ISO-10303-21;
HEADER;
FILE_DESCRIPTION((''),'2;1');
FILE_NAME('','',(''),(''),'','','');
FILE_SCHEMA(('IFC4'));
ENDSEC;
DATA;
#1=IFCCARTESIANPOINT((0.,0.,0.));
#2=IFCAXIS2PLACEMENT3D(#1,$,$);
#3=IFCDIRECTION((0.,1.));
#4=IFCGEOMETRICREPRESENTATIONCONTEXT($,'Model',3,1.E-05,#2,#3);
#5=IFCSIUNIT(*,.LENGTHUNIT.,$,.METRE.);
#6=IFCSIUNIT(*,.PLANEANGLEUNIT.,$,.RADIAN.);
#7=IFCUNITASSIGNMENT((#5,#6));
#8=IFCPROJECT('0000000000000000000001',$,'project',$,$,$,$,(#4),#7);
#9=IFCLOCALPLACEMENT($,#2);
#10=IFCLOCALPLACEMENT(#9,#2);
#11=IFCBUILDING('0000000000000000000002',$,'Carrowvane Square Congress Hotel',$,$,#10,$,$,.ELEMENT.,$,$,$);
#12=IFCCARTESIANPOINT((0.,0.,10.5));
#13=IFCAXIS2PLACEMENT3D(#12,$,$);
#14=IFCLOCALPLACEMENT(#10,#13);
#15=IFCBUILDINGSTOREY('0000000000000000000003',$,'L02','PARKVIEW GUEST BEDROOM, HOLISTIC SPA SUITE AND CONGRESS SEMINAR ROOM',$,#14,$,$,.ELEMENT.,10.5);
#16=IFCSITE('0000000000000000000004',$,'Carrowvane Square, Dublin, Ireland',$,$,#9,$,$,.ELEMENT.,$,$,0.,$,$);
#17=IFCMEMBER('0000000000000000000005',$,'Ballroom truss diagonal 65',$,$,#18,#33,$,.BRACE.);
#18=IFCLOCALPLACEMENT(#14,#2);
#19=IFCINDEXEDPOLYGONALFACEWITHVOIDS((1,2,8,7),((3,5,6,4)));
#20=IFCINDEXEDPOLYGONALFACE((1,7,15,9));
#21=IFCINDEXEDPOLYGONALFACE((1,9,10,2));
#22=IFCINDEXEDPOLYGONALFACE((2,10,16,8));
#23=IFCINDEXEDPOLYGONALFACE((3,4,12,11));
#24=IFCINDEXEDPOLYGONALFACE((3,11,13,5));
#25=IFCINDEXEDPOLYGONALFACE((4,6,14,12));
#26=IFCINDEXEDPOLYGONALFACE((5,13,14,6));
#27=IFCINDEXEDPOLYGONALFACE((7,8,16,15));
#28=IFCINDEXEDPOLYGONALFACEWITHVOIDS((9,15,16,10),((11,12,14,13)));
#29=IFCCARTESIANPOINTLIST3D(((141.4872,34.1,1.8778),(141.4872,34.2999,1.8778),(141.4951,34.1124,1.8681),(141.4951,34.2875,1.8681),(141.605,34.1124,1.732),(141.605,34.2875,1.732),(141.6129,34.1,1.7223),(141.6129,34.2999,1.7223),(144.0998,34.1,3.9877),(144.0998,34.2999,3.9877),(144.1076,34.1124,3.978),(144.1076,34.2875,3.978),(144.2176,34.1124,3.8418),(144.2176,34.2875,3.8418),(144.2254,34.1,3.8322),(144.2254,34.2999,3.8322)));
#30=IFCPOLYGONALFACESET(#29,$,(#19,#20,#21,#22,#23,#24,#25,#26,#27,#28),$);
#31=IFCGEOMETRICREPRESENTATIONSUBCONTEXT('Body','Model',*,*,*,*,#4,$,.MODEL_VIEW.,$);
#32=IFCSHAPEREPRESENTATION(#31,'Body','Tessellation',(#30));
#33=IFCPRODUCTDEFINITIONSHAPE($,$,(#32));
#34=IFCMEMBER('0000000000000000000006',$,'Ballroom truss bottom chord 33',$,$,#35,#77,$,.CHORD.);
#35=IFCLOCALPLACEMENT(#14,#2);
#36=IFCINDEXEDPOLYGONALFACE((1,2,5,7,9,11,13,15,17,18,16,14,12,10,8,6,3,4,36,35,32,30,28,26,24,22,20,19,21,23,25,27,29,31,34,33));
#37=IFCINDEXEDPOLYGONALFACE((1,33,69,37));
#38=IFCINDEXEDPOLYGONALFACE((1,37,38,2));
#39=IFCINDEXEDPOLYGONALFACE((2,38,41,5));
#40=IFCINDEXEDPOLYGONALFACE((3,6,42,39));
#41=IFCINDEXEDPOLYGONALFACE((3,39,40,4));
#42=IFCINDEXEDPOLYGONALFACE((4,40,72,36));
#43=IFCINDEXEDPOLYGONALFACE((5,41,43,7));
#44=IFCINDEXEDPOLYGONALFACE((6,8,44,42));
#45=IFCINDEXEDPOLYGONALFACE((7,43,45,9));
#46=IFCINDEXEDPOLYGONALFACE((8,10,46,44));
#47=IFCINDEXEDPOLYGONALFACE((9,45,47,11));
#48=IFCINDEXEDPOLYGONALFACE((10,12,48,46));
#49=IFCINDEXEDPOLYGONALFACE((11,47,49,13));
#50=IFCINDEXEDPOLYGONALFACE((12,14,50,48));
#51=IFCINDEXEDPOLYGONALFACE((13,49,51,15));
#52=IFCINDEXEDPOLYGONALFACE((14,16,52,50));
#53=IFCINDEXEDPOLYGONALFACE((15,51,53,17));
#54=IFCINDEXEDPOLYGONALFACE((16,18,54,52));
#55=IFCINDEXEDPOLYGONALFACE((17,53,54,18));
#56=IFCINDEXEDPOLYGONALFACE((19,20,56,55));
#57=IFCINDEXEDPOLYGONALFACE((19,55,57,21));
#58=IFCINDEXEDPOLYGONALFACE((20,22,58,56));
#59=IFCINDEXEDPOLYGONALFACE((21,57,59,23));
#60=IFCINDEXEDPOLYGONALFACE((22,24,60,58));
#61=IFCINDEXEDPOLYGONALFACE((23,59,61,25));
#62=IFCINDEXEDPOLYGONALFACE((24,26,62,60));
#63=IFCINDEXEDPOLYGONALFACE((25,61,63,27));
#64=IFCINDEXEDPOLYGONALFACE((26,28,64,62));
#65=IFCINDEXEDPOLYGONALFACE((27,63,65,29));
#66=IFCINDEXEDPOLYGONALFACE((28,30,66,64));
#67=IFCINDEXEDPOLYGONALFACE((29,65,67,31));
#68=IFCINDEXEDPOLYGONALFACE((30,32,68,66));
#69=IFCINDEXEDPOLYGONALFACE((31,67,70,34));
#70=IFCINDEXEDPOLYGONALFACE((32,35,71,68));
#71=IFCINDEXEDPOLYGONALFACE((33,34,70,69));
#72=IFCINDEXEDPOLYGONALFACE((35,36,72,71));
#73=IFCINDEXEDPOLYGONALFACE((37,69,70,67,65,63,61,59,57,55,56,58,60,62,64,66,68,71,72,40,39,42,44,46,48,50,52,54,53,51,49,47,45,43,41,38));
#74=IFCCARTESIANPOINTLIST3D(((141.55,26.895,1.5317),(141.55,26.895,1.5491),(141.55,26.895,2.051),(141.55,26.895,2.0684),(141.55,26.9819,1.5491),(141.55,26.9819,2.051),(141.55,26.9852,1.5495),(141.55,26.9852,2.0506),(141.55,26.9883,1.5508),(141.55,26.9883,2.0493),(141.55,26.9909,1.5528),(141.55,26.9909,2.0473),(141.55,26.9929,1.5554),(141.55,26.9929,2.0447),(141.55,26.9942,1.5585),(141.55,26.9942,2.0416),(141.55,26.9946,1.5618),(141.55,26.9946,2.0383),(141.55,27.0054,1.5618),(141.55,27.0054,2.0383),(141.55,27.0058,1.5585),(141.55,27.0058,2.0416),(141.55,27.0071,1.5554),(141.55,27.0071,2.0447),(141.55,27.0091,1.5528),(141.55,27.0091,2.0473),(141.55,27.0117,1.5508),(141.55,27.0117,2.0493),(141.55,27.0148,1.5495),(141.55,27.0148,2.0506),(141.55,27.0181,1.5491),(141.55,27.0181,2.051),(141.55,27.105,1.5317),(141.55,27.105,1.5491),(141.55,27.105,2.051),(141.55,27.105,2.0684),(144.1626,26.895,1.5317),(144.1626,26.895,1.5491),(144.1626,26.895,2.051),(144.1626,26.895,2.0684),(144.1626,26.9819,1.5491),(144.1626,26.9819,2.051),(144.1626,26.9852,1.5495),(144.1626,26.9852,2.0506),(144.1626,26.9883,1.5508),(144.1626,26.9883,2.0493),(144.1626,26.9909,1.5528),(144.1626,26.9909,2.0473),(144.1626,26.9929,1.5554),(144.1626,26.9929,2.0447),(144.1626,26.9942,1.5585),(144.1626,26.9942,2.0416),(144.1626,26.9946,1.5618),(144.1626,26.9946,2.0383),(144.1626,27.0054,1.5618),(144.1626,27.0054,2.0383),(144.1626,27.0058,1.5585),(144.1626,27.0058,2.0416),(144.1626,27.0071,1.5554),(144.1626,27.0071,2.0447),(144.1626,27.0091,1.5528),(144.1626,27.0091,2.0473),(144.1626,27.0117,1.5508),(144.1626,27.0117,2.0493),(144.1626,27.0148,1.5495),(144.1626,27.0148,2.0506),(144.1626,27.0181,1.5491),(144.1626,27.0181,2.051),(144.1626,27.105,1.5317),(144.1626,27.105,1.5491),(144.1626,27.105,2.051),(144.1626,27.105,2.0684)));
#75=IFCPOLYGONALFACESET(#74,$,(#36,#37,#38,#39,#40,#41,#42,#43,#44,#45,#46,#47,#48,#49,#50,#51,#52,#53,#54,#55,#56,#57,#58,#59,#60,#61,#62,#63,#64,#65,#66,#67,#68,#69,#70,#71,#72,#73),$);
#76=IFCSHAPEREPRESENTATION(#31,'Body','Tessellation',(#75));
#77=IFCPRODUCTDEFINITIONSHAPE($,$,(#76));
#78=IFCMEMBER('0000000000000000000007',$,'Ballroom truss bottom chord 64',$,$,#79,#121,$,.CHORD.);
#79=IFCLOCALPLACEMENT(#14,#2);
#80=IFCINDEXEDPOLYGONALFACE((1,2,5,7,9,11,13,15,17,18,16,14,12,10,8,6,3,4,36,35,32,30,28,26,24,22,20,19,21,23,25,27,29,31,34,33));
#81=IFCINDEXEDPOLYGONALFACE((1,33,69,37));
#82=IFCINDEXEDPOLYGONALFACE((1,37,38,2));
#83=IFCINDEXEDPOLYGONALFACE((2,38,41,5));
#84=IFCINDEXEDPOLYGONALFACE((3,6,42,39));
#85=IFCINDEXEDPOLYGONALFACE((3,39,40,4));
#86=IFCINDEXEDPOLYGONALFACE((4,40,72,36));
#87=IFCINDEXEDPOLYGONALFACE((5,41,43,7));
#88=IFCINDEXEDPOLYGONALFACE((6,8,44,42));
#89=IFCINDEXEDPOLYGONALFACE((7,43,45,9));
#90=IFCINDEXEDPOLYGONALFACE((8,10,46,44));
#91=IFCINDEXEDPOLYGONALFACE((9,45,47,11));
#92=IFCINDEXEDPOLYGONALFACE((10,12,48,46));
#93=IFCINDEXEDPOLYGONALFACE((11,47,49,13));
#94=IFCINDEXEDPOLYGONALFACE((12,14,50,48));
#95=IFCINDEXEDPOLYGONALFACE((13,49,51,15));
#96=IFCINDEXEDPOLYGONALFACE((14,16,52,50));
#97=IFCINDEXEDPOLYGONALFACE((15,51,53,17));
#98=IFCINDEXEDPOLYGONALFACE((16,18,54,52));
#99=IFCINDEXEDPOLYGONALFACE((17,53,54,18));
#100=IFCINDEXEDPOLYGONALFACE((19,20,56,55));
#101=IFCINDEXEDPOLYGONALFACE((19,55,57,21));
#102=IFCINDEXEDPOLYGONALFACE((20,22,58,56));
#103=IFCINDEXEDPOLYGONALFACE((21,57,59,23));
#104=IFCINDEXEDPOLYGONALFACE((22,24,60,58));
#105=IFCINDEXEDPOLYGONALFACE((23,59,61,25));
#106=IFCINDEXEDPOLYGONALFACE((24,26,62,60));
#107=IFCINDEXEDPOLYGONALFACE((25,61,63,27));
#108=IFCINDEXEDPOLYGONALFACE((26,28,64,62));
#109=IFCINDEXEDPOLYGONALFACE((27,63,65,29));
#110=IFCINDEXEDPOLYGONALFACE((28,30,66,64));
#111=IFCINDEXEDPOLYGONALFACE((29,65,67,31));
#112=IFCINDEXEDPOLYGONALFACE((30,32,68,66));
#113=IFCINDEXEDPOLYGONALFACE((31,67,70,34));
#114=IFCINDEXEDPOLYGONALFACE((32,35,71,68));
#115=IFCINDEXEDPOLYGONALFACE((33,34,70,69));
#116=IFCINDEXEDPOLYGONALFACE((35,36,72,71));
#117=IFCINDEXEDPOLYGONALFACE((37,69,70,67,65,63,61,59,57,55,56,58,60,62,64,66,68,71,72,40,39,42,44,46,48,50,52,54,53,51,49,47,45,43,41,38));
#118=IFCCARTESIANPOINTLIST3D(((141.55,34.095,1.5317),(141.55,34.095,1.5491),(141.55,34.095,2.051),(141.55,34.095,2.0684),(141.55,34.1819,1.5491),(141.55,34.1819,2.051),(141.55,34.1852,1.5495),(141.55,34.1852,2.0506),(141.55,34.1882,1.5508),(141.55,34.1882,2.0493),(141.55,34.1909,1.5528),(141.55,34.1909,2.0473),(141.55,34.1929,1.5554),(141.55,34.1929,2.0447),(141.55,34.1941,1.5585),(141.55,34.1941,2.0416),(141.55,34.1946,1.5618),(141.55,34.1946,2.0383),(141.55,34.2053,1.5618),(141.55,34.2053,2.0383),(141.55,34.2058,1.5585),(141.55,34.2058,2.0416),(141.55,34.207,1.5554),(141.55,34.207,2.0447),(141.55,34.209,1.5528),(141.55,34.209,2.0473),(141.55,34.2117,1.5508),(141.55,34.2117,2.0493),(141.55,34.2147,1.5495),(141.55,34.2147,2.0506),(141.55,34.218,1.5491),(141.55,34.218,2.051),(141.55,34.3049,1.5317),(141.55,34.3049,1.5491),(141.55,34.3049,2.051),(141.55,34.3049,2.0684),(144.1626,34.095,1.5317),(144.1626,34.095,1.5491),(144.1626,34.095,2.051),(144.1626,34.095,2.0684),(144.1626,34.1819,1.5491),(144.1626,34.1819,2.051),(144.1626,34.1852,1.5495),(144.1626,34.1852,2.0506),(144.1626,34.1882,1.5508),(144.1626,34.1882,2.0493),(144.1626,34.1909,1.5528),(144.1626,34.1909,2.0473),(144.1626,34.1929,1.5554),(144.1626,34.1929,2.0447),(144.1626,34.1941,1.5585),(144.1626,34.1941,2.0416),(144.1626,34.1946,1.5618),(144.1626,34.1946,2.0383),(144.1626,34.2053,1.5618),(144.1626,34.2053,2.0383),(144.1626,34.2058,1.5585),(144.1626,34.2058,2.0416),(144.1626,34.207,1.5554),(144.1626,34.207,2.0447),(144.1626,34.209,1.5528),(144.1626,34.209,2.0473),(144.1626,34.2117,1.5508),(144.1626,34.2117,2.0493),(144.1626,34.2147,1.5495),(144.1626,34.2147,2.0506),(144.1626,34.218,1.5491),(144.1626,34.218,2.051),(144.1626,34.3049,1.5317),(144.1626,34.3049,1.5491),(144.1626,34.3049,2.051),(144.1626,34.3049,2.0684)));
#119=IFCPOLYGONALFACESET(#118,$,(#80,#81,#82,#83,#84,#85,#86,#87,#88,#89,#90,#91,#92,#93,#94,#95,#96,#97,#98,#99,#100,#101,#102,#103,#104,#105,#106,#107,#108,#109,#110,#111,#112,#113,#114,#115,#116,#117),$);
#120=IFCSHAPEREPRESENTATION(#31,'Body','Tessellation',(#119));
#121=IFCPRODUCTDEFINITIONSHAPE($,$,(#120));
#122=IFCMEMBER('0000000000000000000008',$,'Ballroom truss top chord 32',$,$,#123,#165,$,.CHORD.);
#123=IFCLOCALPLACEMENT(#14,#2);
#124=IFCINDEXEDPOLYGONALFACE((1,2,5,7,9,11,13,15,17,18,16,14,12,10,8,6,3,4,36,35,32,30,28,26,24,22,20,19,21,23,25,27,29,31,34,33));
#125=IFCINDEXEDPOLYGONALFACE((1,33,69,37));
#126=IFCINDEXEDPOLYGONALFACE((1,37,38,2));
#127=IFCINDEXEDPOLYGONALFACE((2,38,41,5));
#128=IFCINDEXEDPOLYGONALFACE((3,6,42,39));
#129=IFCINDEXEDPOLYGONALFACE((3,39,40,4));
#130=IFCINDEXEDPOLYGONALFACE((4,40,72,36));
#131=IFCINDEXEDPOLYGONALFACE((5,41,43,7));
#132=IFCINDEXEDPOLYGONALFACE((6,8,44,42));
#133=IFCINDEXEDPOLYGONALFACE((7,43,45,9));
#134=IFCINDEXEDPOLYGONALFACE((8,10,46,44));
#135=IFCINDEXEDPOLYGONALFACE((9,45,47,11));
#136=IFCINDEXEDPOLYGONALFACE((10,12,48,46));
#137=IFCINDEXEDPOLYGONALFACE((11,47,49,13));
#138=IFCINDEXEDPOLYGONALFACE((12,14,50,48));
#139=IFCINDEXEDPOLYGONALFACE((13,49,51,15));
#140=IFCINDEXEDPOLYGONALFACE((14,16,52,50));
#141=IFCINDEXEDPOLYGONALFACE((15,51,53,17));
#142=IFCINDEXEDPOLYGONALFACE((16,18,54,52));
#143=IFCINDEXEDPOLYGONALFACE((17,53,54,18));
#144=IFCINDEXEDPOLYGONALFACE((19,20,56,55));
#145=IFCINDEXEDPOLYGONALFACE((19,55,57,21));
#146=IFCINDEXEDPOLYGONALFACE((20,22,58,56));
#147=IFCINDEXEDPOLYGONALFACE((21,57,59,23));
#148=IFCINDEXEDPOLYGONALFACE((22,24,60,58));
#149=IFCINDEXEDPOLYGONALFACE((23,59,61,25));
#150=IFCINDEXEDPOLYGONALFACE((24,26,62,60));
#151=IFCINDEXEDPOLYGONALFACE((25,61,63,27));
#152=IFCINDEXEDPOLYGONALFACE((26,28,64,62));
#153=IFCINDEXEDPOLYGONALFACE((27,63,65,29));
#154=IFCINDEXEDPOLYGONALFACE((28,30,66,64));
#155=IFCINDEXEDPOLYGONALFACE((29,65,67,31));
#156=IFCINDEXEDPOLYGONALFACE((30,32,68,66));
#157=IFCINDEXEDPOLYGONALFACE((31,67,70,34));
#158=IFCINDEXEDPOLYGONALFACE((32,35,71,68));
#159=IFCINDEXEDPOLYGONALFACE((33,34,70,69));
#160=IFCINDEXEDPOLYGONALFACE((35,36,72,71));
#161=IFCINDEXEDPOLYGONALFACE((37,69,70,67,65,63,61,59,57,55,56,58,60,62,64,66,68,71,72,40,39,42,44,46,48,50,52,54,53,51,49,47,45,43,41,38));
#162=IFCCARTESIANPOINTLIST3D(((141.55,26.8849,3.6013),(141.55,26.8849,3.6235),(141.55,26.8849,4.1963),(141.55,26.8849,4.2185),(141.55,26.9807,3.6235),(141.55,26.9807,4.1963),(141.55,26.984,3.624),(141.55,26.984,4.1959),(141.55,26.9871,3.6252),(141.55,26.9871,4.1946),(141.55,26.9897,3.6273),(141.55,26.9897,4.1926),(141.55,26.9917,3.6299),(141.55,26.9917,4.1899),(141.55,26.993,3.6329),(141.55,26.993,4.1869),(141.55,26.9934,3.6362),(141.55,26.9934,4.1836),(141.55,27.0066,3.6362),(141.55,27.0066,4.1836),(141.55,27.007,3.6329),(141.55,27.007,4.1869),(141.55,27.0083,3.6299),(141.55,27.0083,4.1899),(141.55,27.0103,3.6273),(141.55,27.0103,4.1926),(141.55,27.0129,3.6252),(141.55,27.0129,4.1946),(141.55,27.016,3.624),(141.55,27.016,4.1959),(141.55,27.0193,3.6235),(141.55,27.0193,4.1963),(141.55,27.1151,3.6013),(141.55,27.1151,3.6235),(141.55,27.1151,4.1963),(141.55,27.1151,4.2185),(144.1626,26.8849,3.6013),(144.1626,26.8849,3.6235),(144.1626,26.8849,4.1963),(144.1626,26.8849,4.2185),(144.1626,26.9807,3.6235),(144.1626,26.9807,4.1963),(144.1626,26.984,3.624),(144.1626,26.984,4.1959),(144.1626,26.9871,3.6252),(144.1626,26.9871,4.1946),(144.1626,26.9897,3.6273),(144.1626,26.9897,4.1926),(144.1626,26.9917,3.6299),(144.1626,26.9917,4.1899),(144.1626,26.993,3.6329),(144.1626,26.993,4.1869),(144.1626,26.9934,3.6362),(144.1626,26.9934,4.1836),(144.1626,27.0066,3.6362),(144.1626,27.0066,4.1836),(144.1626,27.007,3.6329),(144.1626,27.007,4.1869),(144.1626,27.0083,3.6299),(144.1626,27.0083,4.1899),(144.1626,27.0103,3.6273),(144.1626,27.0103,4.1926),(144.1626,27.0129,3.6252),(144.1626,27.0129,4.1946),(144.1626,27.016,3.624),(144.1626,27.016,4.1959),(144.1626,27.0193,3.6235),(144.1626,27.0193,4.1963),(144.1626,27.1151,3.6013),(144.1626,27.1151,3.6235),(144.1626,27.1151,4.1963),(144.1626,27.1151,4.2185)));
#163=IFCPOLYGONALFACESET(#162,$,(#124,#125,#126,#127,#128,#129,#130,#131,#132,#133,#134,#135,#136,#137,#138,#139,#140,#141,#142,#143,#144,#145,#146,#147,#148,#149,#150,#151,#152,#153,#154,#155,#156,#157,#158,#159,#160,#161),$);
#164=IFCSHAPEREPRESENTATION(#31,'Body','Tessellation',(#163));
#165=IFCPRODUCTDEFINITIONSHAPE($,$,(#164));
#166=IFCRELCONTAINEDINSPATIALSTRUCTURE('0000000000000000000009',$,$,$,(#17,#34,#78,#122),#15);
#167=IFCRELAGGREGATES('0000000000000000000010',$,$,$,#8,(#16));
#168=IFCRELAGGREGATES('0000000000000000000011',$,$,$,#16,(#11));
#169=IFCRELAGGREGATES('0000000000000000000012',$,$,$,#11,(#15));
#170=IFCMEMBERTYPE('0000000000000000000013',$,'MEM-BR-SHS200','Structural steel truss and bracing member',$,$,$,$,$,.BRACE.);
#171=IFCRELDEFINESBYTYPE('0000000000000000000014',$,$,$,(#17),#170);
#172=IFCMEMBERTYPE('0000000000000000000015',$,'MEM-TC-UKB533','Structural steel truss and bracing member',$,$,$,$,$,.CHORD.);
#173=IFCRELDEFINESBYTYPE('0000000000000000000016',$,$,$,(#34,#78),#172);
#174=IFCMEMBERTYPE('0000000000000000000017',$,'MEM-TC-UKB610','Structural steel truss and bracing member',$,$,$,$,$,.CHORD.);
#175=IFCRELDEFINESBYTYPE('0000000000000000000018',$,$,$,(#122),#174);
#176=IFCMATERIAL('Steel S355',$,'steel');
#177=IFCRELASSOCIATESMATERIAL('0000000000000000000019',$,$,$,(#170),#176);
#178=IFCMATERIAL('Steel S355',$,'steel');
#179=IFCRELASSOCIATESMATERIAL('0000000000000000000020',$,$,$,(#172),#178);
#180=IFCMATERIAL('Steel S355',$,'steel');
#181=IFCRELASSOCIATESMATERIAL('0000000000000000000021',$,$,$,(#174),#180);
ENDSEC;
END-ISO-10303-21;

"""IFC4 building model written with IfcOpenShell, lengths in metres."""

from ifc_helpers import new_model, si_unit, direction, frame, origin, origin_2d, place, context, subcontext, project, spatial, hollow_rectangle, i_section, extrude, material, material_profile, profile_set, type_object, element, save


model = new_model("IFC4")

# Units and contexts
model_context = context("Model", 3, precision=1e-05, world=origin(), true_north=direction((0.0, 1.0)))
body_context = subcontext(model_context, "Body", "Model", "MODEL_VIEW")
ifc_project = project(units=[si_unit("LENGTHUNIT", "METRE"), si_unit("PLANEANGLEUNIT", "RADIAN")], contexts=[model_context])

# Site, building, storey
site_placement = place(None, origin())
site = spatial("IfcSite", under=ifc_project, at=site_placement, Name="Carrowvane Square, Dublin, Ireland", CompositionType="ELEMENT", RefElevation=0.0)
building_placement = place(site_placement, origin())
building = spatial("IfcBuilding", under=site, at=building_placement, Name="Carrowvane Square Congress Hotel", CompositionType="ELEMENT")
storey_placement = place(building_placement, frame((0.0, 0.0, 10.5)))
storey = spatial("IfcBuildingStorey", under=building, at=storey_placement, Name="L02", Description="PARKVIEW GUEST BEDROOM, HOLISTIC SPA SUITE AND CONGRESS SEMINAR ROOM", CompositionType="ELEMENT", Elevation=10.5)

# Members
ifc_material_1 = material(Name="Steel S355", Category="steel")
ifc_material_profile_1 = material_profile(ifc_material_1, hollow_rectangle(XDim=0.2, YDim=0.2, WallThickness=0.0125, at=origin_2d()), Name="SHS 200x200x12.5")
ifc_profile_set_1 = profile_set([ifc_material_profile_1], Name="Steel S355")
member_type_1 = type_object("IfcMemberType", Name="MEM-BR-SHS200", Description="Structural steel truss and bracing member", PredefinedType="BRACE", material=ifc_profile_set_1)
for number, where, z_axis, x_axis, name in (
    (1, (141.55, 34.2, 1.8), (0.777981, 0.0, 0.628288), (0.0, 1.0, 0.0), "Ballroom truss diagonal 65"),
):
    element("IfcMember", number, at=place(storey_placement, frame(where, z_axis=z_axis, x_axis=x_axis)), inside=storey, type_object=member_type_1, Name=name, PredefinedType="BRACE", context=body_context, shape_type="SweptSolid", body=[
        extrude(hollow_rectangle(XDim=0.2, YDim=0.2, WallThickness=0.0125, at=origin_2d()), origin(), (0.0, 0.0, 1.0), 3.3582),
    ])
ifc_material_2 = material(Name="Steel S355", Category="steel")
ifc_material_profile_2 = material_profile(ifc_material_2, i_section(OverallWidth=0.21, OverallDepth=0.5366, WebThickness=0.0107, FlangeThickness=0.0173, FilletRadius=0.0127, at=origin_2d()), Name="UKB 533x210x101")
ifc_profile_set_2 = profile_set([ifc_material_profile_2], Name="Steel S355")
member_type_2 = type_object("IfcMemberType", Name="MEM-TC-UKB533", Description="Structural steel truss and bracing member", PredefinedType="CHORD", material=ifc_profile_set_2)
for number, where, z_axis, x_axis, name in (
    (2, (141.55, 27.0, 1.8), (1.0, 0.0, 0.0), (0.0, 1.0, 0.0), "Ballroom truss bottom chord 33"),
    (3, (141.55, 34.2, 1.8), (1.0, 0.0, 0.0), (0.0, 1.0, 0.0), "Ballroom truss bottom chord 64"),
):
    element("IfcMember", number, at=place(storey_placement, frame(where, z_axis=z_axis, x_axis=x_axis)), inside=storey, type_object=member_type_2, Name=name, PredefinedType="CHORD", context=body_context, shape_type="SweptSolid", body=[
        extrude(i_section(OverallWidth=0.21, OverallDepth=0.5366, WebThickness=0.0107, FlangeThickness=0.0173, FilletRadius=0.0127, at=origin_2d()), origin(), (0.0, 0.0, 1.0), 2.6125),
    ])
ifc_material_3 = material(Name="Steel S355", Category="steel")
ifc_material_profile_3 = material_profile(ifc_material_3, i_section(OverallWidth=0.2302, OverallDepth=0.6172, WebThickness=0.0132, FlangeThickness=0.0222, FilletRadius=0.0127, at=origin_2d()), Name="UKB 610x229x140")
ifc_profile_set_3 = profile_set([ifc_material_profile_3], Name="Steel S355")
member_type_3 = type_object("IfcMemberType", Name="MEM-TC-UKB610", Description="Structural steel truss and bracing member", PredefinedType="CHORD", material=ifc_profile_set_3)
member_1_placement = place(storey_placement, frame((141.55, 27.0, 3.9099), z_axis=(1.0, 0.0, 0.0), x_axis=(0.0, 1.0, 0.0)))
element("IfcMember", 4, at=member_1_placement, inside=storey, type_object=member_type_3, Name="Ballroom truss top chord 32", PredefinedType="CHORD", context=body_context, shape_type="SweptSolid", body=[
    extrude(i_section(OverallWidth=0.2302, OverallDepth=0.6172, WebThickness=0.0132, FlangeThickness=0.0222, FilletRadius=0.0127, at=origin_2d()), origin(), (0.0, 0.0, 1.0), 2.6125),
])

save(model, "model.ifc")
